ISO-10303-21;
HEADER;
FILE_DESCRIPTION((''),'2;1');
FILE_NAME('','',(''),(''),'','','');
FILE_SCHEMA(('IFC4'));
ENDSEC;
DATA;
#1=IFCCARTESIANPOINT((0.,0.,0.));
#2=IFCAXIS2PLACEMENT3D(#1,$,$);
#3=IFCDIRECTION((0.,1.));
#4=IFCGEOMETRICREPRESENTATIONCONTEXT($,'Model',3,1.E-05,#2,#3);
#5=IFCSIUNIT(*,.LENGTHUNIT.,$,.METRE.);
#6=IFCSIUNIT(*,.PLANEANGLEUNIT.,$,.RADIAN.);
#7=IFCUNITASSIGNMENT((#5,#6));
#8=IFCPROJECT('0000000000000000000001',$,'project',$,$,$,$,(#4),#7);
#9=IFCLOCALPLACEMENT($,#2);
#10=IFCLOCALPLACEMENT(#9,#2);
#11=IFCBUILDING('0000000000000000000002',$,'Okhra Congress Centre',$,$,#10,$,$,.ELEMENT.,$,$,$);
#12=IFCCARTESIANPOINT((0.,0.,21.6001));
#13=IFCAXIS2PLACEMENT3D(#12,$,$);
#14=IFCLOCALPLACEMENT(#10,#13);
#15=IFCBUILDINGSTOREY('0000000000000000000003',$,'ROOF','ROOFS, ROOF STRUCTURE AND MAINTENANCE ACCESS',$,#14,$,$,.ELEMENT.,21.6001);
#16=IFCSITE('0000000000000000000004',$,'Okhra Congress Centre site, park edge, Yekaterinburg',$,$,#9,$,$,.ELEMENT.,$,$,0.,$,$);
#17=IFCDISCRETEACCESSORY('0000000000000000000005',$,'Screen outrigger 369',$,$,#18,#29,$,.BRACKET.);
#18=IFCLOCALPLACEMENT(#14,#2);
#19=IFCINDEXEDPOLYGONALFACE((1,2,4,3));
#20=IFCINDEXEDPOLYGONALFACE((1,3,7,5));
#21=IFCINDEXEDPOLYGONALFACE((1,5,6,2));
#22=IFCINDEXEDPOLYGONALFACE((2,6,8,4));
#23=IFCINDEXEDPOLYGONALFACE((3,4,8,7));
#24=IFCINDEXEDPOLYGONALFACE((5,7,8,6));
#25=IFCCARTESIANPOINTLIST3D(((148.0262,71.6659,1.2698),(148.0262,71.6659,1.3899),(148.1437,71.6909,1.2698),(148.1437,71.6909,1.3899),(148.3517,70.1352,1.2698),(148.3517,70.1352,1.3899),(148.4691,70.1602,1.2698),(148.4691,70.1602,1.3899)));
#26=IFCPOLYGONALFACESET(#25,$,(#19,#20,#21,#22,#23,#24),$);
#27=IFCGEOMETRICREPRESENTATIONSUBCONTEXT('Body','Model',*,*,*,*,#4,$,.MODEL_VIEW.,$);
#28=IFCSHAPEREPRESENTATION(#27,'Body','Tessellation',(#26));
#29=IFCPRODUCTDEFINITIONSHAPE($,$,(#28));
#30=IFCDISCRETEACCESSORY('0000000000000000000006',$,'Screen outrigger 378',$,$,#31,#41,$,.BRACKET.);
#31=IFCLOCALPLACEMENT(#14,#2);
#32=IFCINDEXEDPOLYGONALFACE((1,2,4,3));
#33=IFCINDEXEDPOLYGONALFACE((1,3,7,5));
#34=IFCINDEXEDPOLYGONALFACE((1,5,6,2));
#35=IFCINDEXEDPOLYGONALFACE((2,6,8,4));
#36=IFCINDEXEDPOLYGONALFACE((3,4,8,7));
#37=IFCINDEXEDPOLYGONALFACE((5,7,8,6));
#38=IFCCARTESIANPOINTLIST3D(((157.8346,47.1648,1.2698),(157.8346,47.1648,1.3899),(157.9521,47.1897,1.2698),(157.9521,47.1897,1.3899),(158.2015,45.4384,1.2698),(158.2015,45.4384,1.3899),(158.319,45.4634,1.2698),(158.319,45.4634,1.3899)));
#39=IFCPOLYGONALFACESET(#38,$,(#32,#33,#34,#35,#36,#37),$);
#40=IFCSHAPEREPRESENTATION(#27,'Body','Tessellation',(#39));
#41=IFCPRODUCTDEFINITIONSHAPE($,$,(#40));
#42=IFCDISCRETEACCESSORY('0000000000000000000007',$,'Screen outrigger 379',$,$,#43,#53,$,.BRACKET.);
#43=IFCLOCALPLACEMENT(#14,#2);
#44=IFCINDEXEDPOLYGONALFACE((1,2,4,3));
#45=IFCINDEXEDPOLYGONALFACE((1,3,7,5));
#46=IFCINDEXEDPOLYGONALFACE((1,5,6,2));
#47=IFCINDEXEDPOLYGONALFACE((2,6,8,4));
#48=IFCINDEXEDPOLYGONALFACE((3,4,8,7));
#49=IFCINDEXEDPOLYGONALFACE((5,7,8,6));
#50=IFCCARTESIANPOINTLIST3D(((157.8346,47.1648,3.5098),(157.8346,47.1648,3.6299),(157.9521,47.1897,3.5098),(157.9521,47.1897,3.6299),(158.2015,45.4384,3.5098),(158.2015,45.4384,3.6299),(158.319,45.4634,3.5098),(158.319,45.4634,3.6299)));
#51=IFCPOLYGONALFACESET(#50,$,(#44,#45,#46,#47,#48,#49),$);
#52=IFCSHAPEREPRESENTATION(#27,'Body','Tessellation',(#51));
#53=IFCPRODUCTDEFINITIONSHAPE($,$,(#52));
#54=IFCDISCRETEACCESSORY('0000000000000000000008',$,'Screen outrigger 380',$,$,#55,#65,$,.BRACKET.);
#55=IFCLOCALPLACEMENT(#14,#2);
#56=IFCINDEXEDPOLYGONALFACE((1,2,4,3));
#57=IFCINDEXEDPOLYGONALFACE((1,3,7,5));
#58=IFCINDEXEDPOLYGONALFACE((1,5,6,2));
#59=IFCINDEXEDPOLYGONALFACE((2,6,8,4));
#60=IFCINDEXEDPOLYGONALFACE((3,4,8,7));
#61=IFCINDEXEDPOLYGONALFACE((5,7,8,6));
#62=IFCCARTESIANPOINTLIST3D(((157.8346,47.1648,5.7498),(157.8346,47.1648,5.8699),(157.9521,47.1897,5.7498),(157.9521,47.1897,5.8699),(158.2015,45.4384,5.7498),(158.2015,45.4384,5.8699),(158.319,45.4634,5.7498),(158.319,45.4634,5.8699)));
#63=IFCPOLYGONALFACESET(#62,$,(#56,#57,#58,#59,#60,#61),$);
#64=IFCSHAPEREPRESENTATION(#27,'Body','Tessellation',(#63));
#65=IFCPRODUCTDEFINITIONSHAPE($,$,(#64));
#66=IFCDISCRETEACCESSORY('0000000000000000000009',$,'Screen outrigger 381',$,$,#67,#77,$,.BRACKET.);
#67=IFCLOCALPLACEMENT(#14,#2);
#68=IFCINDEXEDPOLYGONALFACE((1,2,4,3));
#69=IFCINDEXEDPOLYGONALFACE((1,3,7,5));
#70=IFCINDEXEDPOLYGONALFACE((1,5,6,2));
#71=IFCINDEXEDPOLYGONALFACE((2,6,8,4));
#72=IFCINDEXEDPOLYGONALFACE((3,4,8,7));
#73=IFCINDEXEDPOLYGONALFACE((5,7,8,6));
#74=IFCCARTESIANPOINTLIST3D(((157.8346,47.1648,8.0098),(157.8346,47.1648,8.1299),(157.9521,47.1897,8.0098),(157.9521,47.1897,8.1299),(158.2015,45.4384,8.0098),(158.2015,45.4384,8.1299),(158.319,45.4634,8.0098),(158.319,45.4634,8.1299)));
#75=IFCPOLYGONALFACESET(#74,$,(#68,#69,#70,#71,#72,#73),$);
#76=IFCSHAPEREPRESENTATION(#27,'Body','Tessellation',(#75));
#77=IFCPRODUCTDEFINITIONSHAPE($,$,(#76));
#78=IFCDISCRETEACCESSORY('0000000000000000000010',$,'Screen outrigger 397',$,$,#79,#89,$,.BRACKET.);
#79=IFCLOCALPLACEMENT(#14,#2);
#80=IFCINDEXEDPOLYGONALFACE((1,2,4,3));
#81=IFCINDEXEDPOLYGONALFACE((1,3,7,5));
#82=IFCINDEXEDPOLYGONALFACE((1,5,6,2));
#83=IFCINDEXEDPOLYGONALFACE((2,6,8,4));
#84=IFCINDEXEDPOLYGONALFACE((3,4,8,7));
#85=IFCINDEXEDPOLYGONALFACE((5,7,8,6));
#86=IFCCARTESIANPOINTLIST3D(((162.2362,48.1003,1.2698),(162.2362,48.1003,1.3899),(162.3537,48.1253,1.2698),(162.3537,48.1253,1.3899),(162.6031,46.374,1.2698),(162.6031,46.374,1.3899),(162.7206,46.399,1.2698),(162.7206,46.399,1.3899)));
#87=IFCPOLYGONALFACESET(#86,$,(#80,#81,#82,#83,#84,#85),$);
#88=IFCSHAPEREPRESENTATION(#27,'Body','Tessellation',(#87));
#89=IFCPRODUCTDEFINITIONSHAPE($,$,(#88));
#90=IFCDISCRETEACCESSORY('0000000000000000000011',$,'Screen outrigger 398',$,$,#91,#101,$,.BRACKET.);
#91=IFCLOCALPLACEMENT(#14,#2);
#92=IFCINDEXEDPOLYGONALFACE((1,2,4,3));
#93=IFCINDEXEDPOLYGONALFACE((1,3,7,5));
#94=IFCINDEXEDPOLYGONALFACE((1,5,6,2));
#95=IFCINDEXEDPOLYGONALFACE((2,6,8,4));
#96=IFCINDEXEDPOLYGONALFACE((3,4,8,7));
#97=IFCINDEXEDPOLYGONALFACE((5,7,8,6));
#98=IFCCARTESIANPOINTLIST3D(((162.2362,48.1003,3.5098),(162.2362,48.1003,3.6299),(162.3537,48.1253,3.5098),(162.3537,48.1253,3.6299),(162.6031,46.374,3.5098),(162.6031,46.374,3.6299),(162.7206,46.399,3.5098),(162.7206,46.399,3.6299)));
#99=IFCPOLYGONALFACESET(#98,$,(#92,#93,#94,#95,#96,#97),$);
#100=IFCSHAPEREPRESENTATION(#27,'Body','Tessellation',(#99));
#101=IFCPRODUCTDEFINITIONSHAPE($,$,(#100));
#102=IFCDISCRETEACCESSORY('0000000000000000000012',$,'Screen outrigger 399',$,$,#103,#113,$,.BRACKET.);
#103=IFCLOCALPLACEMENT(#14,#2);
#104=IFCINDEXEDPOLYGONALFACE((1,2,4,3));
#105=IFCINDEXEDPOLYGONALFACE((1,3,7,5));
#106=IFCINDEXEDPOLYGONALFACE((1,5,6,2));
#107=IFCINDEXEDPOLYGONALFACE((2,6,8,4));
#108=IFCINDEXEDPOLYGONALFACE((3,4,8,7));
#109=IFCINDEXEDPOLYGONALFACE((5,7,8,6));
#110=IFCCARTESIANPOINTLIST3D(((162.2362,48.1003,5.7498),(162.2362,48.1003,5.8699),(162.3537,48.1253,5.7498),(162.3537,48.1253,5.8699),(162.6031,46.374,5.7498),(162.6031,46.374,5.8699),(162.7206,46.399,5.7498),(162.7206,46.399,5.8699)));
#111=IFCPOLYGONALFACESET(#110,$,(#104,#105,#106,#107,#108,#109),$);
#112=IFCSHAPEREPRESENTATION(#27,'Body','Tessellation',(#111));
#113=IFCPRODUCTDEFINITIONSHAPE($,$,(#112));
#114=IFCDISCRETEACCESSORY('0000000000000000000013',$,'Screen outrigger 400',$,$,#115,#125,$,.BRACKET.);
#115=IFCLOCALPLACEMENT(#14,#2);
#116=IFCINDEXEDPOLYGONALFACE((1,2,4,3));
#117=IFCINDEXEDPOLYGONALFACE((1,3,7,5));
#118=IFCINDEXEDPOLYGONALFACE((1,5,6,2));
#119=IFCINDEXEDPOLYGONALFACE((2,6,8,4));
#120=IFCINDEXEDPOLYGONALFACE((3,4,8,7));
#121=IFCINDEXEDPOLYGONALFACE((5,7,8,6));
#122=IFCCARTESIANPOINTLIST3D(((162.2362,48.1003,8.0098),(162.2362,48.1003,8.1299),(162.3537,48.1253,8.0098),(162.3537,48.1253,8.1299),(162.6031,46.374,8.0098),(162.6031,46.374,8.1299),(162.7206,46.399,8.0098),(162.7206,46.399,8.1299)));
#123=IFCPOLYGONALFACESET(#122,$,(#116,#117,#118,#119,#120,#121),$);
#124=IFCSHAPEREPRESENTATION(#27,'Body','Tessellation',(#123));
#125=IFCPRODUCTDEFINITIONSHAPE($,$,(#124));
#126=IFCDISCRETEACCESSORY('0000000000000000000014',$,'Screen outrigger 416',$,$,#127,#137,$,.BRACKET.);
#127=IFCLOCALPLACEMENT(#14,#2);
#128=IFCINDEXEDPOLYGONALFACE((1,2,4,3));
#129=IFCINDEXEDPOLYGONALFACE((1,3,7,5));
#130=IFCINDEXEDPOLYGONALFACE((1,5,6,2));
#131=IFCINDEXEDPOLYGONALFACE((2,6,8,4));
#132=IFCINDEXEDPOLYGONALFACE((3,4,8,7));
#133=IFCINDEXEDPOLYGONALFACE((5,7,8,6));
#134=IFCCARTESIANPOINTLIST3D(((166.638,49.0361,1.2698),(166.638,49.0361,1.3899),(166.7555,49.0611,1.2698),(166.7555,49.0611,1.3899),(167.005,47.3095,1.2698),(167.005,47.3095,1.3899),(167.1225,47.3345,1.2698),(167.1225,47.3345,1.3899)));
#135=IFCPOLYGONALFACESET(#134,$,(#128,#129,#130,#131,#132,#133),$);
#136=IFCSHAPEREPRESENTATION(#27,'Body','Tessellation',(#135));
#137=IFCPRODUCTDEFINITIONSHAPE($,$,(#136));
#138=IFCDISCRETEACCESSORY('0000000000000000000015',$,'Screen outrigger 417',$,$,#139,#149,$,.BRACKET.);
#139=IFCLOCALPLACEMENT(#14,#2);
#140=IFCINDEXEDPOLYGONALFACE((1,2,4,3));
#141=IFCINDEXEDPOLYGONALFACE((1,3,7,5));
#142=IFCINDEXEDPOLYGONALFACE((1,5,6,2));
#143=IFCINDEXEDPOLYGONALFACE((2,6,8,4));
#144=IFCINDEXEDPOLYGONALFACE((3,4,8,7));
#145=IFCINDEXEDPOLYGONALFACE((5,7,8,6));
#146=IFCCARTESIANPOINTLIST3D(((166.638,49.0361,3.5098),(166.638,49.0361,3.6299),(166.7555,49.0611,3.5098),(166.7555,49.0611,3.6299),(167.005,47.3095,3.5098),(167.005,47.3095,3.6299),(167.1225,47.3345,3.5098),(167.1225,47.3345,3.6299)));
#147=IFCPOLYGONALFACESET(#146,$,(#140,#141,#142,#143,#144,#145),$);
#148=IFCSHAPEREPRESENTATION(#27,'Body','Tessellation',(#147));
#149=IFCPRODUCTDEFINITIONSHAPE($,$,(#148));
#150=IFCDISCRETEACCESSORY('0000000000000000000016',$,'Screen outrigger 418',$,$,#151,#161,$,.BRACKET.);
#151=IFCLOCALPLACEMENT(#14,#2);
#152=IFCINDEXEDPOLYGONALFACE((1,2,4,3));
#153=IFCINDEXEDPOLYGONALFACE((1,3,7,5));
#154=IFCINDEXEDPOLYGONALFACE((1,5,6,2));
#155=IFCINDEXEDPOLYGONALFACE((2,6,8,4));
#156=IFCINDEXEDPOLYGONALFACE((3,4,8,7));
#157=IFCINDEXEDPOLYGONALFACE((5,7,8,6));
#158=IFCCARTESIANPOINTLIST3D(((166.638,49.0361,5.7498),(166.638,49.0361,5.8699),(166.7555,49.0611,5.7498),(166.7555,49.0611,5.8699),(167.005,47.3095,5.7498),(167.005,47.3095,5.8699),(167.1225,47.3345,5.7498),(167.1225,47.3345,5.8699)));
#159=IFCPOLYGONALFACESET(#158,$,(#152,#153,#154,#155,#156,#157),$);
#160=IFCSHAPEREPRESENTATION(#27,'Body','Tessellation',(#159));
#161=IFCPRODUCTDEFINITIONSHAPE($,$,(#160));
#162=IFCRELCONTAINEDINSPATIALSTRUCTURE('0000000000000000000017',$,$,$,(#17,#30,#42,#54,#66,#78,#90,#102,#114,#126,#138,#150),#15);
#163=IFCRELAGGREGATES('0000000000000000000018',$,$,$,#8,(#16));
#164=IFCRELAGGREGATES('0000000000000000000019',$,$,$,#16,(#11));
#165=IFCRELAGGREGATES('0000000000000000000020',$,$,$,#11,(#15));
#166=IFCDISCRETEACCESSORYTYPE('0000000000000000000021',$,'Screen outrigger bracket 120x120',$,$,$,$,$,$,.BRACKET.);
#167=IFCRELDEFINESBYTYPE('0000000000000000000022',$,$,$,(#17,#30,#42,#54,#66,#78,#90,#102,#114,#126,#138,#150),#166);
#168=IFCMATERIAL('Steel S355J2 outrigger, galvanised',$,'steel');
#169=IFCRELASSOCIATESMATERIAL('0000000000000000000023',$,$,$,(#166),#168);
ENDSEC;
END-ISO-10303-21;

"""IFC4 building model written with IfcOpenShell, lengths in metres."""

from ifc_helpers import new_model, si_unit, direction, frame, origin, origin_2d, place, context, subcontext, project, spatial, rectangle, extrude, material, material_profile, profile_set, type_object, element, save


model = new_model("IFC4")

# Units and contexts
model_context = context("Model", 3, precision=1e-05, world=origin(), true_north=direction((0.0, 1.0)))
body_context = subcontext(model_context, "Body", "Model", "MODEL_VIEW")
ifc_project = project(units=[si_unit("LENGTHUNIT", "METRE"), si_unit("PLANEANGLEUNIT", "RADIAN")], contexts=[model_context])

# Site, building, storey
site_placement = place(None, origin())
site = spatial("IfcSite", under=ifc_project, at=site_placement, Name="Okhra Congress Centre site, park edge, Yekaterinburg", CompositionType="ELEMENT", RefElevation=0.0)
building_placement = place(site_placement, origin())
building = spatial("IfcBuilding", under=site, at=building_placement, Name="Okhra Congress Centre", CompositionType="ELEMENT")
storey_placement = place(building_placement, frame((0.0, 0.0, 21.6001)))
storey = spatial("IfcBuildingStorey", under=building, at=storey_placement, Name="ROOF", Description="ROOFS, ROOF STRUCTURE AND MAINTENANCE ACCESS", CompositionType="ELEMENT", Elevation=21.6001)

# Discrete accessories
ifc_material_1 = material(Name="Steel S355J2 outrigger, galvanised", Category="steel")
ifc_material_profile_1 = material_profile(ifc_material_1, rectangle(XDim=0.1201, YDim=0.1201, at=origin_2d()), Name="Screen outrigger bracket 120x120")
ifc_profile_set_1 = profile_set([ifc_material_profile_1], Name="Steel S355J2 outrigger, galvanised")
discrete_accessory_type = type_object("IfcDiscreteAccessoryType", Name="Screen outrigger bracket 120x120", PredefinedType="BRACKET", material=ifc_profile_set_1)
discrete_accessory_placement = place(storey_placement, frame((148.4104, 70.1477, 1.3298), z_axis=(-0.207952, 0.978139, 0.0), x_axis=(-0.978139, -0.207952, 0.0)))
element("IfcDiscreteAccessory", 1, at=discrete_accessory_placement, inside=storey, type_object=discrete_accessory_type, Name="Screen outrigger 369", PredefinedType="BRACKET", context=body_context, shape_type="SweptSolid", body=[
    extrude(rectangle(XDim=0.1201, YDim=0.1201, at=origin_2d()), origin(), (0.0, 0.0, 1.0), 1.5649),
])
for number, where, z_axis, x_axis, name in (
    (2, (157.8933, 47.1772, 1.3298), (0.207913, -0.978147, 0.0), (0.978147, 0.207913, 0.0), "Screen outrigger 378"),
    (3, (157.8933, 47.1772, 3.5698), (0.207913, -0.978147, 0.0), (0.978147, 0.207913, 0.0), "Screen outrigger 379"),
    (4, (157.8933, 47.1772, 5.8098), (0.207913, -0.978147, 0.0), (0.978147, 0.207913, 0.0), "Screen outrigger 380"),
    (5, (157.8933, 47.1772, 8.0698), (0.207913, -0.978147, 0.0), (0.978147, 0.207913, 0.0), "Screen outrigger 381"),
    (6, (162.2949, 48.1128, 1.3298), (0.207913, -0.978147, 0.0), (0.978147, 0.207913, 0.0), "Screen outrigger 397"),
    (7, (162.2949, 48.1128, 3.5698), (0.207913, -0.978147, 0.0), (0.978147, 0.207913, 0.0), "Screen outrigger 398"),
    (8, (162.2949, 48.1128, 5.8098), (0.207913, -0.978147, 0.0), (0.978147, 0.207913, 0.0), "Screen outrigger 399"),
    (9, (162.2949, 48.1128, 8.0698), (0.207913, -0.978147, 0.0), (0.978147, 0.207913, 0.0), "Screen outrigger 400"),
):
    element("IfcDiscreteAccessory", number, at=place(storey_placement, frame(where, z_axis=z_axis, x_axis=x_axis)), inside=storey, type_object=discrete_accessory_type, Name=name, PredefinedType="BRACKET", context=body_context, shape_type="SweptSolid", body=[
        extrude(rectangle(XDim=0.1201, YDim=0.1201, at=origin_2d()), origin(), (0.0, 0.0, 1.0), 1.7649),
    ])
for number, where, z_axis, x_axis, name in (
    (10, (166.6968, 49.0486, 1.3298), (0.207885, -0.978153, 0.0), (0.978153, 0.207885, 0.0), "Screen outrigger 416"),
    (11, (166.6968, 49.0486, 3.5698), (0.207885, -0.978153, 0.0), (0.978153, 0.207885, 0.0), "Screen outrigger 417"),
    (12, (166.6968, 49.0486, 5.8098), (0.207885, -0.978153, 0.0), (0.978153, 0.207885, 0.0), "Screen outrigger 418"),
):
    element("IfcDiscreteAccessory", number, at=place(storey_placement, frame(where, z_axis=z_axis, x_axis=x_axis)), inside=storey, type_object=discrete_accessory_type, Name=name, PredefinedType="BRACKET", context=body_context, shape_type="SweptSolid", body=[
        extrude(rectangle(XDim=0.1201, YDim=0.1201, at=origin_2d()), origin(), (0.0, 0.0, 1.0), 1.7651),
    ])

save(model, "model.ifc")
